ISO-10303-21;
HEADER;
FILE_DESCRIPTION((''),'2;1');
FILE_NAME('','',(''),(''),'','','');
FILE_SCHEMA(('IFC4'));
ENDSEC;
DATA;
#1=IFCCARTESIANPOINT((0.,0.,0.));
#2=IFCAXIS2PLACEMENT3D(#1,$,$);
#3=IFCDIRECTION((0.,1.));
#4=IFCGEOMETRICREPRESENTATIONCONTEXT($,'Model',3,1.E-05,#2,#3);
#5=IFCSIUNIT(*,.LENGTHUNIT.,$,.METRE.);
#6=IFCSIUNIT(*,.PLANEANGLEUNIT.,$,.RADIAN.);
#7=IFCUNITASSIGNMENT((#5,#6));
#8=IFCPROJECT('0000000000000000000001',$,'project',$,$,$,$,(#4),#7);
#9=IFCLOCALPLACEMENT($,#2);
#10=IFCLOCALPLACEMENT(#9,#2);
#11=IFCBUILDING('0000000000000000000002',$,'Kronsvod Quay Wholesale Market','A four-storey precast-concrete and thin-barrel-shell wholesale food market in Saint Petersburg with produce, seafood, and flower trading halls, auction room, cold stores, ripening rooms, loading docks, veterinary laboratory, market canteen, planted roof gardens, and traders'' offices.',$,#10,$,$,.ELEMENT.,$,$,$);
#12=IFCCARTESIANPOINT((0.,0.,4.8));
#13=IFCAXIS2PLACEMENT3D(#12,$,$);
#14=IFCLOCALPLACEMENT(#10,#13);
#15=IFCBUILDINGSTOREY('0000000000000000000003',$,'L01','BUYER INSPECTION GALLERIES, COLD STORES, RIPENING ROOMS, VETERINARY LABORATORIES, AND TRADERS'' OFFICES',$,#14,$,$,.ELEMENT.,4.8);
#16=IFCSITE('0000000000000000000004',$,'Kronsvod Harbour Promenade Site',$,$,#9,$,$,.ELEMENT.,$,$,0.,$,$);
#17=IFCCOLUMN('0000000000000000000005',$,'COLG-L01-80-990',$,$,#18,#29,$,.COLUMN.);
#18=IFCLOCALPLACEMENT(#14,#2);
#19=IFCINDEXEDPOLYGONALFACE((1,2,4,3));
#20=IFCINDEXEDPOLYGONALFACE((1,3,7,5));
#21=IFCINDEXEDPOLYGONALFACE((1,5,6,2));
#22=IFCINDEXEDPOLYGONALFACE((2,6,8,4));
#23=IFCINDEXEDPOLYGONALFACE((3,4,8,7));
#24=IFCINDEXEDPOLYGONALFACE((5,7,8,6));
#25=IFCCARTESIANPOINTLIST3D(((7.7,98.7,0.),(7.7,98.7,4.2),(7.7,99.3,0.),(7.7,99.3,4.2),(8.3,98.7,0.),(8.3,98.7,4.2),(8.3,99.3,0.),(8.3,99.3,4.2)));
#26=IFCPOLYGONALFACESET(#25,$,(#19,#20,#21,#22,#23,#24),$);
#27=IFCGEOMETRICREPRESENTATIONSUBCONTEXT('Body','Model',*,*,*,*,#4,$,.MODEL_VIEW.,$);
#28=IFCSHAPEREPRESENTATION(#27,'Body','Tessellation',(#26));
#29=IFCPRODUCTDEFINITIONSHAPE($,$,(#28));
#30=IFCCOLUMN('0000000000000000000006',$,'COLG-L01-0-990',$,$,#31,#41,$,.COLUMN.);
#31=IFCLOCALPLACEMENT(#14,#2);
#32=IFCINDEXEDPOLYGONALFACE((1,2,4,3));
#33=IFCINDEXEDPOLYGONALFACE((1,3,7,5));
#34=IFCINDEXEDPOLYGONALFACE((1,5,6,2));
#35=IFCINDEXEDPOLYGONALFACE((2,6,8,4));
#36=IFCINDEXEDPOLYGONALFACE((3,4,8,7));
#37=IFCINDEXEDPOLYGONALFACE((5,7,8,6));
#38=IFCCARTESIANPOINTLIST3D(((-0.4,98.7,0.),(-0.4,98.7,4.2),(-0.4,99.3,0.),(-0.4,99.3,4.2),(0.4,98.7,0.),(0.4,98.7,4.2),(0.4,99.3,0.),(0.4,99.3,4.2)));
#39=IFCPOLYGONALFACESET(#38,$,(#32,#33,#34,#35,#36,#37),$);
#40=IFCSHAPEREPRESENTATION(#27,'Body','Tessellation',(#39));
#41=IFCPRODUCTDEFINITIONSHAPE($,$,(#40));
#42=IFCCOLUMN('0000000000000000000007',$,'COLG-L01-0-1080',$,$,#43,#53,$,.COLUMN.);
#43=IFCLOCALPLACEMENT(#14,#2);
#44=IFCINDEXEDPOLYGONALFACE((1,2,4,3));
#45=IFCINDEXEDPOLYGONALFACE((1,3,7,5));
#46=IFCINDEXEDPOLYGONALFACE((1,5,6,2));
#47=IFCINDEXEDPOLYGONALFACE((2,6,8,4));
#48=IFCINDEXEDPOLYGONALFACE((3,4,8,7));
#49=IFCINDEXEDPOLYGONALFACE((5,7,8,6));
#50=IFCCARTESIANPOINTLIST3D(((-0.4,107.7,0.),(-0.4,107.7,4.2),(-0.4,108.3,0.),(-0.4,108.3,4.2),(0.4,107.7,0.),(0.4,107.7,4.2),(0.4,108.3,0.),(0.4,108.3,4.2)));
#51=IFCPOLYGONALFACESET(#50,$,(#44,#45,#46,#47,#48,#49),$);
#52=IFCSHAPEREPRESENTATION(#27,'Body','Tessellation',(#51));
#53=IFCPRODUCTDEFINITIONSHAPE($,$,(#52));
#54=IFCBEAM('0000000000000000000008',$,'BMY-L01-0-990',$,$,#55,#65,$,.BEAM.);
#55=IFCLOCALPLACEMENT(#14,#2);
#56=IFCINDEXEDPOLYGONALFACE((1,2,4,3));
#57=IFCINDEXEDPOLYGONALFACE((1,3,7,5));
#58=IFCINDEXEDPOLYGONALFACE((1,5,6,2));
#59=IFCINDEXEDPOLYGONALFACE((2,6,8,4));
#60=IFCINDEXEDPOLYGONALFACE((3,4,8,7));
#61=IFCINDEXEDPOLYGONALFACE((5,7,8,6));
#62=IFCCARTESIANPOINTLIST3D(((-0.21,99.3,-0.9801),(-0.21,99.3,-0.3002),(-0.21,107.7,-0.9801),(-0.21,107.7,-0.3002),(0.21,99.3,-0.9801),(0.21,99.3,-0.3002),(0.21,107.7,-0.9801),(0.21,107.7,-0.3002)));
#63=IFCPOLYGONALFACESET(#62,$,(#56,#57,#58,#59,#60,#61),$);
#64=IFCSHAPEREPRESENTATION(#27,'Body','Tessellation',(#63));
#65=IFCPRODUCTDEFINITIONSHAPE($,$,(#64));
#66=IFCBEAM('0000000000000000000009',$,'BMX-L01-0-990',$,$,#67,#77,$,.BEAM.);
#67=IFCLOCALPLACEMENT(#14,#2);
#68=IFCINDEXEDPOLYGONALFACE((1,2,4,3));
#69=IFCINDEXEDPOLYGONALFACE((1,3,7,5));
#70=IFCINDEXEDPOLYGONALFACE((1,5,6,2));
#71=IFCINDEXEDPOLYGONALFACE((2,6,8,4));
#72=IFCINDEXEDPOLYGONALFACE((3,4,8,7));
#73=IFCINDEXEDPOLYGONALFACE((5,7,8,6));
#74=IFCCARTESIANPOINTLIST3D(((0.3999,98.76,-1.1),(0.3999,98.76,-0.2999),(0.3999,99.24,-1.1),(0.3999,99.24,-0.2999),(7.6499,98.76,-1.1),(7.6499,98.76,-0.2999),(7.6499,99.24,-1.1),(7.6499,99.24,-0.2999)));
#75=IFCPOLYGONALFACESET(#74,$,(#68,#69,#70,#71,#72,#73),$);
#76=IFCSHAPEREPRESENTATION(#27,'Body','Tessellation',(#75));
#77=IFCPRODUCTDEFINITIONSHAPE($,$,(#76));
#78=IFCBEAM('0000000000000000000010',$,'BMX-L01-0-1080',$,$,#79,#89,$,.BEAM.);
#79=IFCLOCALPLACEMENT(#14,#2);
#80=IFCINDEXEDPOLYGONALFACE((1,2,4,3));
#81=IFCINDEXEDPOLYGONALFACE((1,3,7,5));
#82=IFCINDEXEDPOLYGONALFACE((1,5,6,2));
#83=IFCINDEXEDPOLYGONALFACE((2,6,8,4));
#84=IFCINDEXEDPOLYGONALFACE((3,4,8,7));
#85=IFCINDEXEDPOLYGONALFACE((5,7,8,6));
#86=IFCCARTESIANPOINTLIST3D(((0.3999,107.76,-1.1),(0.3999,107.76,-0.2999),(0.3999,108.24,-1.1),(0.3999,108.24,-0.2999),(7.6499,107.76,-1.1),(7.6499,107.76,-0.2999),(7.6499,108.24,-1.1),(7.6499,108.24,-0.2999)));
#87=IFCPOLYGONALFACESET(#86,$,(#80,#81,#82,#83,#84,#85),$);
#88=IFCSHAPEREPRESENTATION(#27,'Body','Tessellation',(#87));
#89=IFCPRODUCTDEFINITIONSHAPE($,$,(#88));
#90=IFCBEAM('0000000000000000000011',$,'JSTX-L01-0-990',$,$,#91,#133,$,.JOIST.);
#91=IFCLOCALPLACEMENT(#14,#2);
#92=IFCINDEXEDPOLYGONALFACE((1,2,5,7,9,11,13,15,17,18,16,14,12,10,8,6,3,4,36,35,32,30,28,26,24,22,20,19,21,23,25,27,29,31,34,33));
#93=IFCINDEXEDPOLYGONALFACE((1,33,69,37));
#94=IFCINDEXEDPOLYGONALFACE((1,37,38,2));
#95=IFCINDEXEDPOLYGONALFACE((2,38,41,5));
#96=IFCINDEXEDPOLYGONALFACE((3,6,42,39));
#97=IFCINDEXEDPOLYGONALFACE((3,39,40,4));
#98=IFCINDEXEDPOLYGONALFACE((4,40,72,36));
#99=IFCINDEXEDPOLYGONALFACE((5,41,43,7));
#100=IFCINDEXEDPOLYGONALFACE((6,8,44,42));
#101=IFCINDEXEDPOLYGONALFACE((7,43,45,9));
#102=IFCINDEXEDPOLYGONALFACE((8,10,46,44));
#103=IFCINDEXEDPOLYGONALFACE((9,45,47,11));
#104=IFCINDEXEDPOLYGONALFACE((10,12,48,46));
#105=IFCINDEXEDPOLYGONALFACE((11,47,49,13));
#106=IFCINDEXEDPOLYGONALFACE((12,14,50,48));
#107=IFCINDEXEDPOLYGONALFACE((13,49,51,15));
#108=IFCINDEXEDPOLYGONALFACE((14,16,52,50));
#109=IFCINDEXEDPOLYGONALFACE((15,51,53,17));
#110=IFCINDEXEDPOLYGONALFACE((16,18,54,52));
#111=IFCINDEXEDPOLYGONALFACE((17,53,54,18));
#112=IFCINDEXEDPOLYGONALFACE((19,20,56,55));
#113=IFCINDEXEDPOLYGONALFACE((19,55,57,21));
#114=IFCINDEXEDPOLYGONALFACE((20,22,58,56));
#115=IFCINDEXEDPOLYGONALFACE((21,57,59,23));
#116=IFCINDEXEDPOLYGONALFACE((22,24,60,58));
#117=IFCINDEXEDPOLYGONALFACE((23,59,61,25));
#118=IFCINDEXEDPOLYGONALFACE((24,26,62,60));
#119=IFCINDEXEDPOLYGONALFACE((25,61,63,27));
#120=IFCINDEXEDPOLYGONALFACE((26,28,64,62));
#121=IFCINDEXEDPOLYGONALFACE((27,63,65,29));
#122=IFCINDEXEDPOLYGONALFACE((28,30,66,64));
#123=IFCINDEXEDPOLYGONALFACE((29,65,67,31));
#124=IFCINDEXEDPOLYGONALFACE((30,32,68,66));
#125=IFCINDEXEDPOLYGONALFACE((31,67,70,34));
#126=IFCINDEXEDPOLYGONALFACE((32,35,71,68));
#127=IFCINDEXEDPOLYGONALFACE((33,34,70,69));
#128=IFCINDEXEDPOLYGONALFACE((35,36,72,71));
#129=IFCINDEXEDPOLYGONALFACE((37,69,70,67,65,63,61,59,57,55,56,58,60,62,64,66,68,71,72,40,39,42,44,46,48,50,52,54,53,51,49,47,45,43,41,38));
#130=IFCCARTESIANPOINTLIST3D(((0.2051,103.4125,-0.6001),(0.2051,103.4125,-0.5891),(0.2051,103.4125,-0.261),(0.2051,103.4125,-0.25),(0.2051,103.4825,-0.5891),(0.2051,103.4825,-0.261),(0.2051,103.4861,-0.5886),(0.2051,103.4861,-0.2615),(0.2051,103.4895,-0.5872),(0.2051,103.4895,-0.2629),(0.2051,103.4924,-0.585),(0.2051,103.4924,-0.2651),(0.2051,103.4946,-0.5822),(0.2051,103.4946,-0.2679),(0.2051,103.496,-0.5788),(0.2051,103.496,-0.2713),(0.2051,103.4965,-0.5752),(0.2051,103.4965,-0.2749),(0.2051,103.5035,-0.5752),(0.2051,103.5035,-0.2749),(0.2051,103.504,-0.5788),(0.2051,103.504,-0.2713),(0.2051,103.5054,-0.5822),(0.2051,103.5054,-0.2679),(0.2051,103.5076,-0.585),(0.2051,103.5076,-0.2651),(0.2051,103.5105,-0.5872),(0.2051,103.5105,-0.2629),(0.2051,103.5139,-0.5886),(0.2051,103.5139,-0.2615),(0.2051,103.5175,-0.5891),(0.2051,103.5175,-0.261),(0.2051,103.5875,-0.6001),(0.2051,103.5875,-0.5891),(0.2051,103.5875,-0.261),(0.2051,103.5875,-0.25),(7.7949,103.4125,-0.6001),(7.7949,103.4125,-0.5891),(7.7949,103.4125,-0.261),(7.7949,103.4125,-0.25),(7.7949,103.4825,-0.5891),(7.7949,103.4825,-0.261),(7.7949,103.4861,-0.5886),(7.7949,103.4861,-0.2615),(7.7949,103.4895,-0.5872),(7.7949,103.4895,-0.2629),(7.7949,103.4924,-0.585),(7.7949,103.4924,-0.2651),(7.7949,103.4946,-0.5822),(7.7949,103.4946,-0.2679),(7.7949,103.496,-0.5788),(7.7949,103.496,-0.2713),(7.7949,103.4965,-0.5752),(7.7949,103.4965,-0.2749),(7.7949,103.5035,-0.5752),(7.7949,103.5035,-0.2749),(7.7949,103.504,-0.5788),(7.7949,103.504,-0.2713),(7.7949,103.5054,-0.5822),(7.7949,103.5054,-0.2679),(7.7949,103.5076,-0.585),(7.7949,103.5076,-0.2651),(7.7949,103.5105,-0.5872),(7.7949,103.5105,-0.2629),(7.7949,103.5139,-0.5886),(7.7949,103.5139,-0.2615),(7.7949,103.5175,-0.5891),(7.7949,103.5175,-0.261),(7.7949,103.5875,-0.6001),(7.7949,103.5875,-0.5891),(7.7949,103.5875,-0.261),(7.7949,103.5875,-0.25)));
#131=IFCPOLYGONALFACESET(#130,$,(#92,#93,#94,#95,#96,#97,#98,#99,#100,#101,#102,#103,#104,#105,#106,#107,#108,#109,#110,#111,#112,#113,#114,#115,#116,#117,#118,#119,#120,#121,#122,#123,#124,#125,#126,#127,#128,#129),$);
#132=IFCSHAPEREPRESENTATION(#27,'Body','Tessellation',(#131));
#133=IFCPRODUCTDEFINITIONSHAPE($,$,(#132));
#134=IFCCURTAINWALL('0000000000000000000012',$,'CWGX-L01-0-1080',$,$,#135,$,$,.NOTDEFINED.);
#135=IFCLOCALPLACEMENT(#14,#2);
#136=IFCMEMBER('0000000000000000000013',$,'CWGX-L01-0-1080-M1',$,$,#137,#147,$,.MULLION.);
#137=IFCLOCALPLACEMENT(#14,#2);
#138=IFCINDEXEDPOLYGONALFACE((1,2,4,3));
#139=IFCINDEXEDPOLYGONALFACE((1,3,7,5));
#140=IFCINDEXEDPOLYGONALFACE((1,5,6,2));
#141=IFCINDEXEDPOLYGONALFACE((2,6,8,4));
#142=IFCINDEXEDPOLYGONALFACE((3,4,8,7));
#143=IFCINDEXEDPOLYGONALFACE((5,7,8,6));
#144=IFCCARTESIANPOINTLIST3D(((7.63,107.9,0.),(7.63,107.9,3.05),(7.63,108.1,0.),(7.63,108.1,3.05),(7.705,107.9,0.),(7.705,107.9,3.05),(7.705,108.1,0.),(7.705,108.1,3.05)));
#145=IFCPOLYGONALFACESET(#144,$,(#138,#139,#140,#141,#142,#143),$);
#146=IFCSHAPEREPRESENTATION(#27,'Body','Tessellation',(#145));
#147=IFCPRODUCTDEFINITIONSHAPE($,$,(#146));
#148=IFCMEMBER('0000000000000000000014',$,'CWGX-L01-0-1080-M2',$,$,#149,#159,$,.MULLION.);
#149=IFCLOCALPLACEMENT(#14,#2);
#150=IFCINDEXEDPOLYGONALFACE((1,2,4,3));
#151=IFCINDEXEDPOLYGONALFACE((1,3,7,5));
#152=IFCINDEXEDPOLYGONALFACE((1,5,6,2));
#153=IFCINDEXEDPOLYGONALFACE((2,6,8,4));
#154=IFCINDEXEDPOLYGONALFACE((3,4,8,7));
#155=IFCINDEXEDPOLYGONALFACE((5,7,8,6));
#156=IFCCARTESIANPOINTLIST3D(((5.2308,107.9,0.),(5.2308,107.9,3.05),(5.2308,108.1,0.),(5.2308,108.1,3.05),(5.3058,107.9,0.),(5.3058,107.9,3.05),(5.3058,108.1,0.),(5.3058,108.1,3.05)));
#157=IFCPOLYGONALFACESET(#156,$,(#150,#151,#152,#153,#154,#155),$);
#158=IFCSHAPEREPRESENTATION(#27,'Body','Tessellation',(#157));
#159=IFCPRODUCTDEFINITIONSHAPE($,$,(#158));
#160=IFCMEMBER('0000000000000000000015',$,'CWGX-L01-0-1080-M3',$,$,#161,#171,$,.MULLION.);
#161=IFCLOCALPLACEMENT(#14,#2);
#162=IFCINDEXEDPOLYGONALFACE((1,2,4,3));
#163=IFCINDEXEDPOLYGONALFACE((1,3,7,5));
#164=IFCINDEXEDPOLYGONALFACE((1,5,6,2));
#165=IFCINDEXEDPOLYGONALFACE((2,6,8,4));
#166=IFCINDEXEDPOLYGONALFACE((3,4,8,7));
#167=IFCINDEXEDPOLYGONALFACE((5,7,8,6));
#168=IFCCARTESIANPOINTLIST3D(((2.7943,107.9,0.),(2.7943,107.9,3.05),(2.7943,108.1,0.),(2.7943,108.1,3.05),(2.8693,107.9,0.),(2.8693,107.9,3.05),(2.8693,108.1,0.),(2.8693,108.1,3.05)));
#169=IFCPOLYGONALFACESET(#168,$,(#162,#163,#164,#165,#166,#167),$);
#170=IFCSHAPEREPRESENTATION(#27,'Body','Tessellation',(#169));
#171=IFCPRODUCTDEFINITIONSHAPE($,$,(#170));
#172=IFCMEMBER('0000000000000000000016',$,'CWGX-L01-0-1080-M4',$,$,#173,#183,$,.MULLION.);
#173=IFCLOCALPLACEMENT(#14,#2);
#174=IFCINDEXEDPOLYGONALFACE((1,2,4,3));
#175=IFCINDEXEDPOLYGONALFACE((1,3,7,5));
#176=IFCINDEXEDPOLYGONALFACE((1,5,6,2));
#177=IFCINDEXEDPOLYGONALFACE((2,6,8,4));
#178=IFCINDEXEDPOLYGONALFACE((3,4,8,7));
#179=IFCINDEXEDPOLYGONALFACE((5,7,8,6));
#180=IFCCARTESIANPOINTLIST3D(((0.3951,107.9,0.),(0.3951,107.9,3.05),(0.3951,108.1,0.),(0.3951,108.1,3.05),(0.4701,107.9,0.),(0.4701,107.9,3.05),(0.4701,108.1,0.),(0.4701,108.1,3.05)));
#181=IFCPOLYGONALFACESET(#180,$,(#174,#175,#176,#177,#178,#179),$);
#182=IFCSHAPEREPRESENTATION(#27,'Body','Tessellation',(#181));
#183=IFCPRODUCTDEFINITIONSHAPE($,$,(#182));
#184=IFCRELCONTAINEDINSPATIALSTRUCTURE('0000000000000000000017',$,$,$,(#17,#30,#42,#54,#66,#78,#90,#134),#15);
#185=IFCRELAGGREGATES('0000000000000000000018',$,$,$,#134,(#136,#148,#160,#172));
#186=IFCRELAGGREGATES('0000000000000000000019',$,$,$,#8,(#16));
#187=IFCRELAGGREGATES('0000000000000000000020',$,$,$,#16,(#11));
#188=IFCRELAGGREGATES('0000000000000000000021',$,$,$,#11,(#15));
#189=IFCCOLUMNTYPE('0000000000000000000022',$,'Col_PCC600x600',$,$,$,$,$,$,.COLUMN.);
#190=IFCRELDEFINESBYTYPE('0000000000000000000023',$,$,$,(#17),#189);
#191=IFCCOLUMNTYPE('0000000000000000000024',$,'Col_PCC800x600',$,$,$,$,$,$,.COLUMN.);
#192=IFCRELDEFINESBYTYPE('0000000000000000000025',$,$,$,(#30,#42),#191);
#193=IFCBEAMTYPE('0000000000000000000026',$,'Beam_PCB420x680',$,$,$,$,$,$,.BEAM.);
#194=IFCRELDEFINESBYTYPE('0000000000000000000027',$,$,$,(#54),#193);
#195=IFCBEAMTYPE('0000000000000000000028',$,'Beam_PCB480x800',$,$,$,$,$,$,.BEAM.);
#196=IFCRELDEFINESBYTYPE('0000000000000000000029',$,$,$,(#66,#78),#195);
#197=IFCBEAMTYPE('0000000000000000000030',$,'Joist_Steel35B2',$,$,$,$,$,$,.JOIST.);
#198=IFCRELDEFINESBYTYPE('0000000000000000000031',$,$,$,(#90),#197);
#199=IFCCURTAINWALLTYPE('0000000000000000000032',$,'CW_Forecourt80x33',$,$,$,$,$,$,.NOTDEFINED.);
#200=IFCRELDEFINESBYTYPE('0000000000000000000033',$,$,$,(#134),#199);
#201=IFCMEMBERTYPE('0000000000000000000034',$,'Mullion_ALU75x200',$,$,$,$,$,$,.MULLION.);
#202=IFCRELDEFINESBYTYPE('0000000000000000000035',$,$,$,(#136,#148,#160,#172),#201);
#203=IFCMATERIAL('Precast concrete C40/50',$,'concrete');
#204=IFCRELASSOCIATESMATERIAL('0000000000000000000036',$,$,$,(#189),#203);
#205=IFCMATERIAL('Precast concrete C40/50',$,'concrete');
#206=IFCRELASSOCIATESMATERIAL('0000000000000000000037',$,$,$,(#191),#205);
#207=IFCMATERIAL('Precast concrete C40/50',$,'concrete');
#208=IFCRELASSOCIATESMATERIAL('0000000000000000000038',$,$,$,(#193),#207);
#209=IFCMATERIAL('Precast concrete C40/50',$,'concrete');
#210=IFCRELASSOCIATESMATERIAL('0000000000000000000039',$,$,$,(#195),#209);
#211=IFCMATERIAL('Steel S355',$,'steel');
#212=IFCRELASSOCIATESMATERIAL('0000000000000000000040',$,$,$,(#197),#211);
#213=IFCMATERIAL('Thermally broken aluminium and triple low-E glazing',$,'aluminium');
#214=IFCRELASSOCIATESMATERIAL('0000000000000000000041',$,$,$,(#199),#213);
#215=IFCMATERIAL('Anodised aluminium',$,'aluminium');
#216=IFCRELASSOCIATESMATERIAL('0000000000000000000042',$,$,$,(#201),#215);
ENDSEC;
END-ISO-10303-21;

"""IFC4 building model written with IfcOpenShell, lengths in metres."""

from ifc_helpers import new_model, si_unit, direction, frame, origin, origin_2d, place, context, subcontext, project, spatial, rectangle, i_section, extrude, material, material_profile, profile_set, type_object, element, aggregate, save


model = new_model("IFC4")

# Units and contexts
model_context = context("Model", 3, precision=1e-05, world=origin(), true_north=direction((0.0, 1.0)))
body_context = subcontext(model_context, "Body", "Model", "MODEL_VIEW")
ifc_project = project(units=[si_unit("LENGTHUNIT", "METRE"), si_unit("PLANEANGLEUNIT", "RADIAN")], contexts=[model_context])

# Site, building, storey
site_placement = place(None, origin())
site = spatial("IfcSite", under=ifc_project, at=site_placement, Name="Kronsvod Harbour Promenade Site", CompositionType="ELEMENT", RefElevation=0.0)
building_placement = place(site_placement, origin())
building = spatial("IfcBuilding", under=site, at=building_placement, Name="Kronsvod Quay Wholesale Market", Description="A four-storey precast-concrete and thin-barrel-shell wholesale food market in Saint Petersburg with produce, seafood, and flower trading halls, auction room, cold stores, ripening rooms, loading docks, veterinary laboratory, market canteen, planted roof gardens, and traders' offices.", CompositionType="ELEMENT")
storey_placement = place(building_placement, frame((0.0, 0.0, 4.8)))
storey = spatial("IfcBuildingStorey", under=building, at=storey_placement, Name="L01", Description="BUYER INSPECTION GALLERIES, COLD STORES, RIPENING ROOMS, VETERINARY LABORATORIES, AND TRADERS' OFFICES", CompositionType="ELEMENT", Elevation=4.8)

# Columns
ifc_material_1 = material(Name="Precast concrete C40/50", Category="concrete")
ifc_material_profile_1 = material_profile(ifc_material_1, rectangle(XDim=0.6001, YDim=0.6001, at=origin_2d()), Name="PCC600x600")
ifc_profile_set_1 = profile_set([ifc_material_profile_1], Name="Precast concrete C40/50")
column_type_1 = type_object("IfcColumnType", Name="Col_PCC600x600", PredefinedType="COLUMN", material=ifc_profile_set_1)
column_placement = place(storey_placement, frame((8.0, 99.0, 0.0), z_axis=(0.0, 0.0, 1.0), x_axis=(1.0, 0.0, 0.0)))
element("IfcColumn", 1, at=column_placement, inside=storey, type_object=column_type_1, Name="COLG-L01-80-990", PredefinedType="COLUMN", context=body_context, shape_type="SweptSolid", body=[
    extrude(rectangle(XDim=0.6001, YDim=0.6001, at=origin_2d()), origin(), (0.0, 0.0, 1.0), 4.2),
])
ifc_material_2 = material(Name="Precast concrete C40/50", Category="concrete")
ifc_material_profile_2 = material_profile(ifc_material_2, rectangle(XDim=0.8, YDim=0.6001, at=origin_2d()), Name="PCC800x600")
ifc_profile_set_2 = profile_set([ifc_material_profile_2], Name="Precast concrete C40/50")
column_type_2 = type_object("IfcColumnType", Name="Col_PCC800x600", PredefinedType="COLUMN", material=ifc_profile_set_2)
for number, where, z_axis, x_axis, name in (
    (2, (0.0, 99.0, 0.0), (0.0, 0.0, 1.0), (1.0, 0.0, 0.0), "COLG-L01-0-990"),
    (3, (0.0, 108.0, 0.0), (0.0, 0.0, 1.0), (1.0, 0.0, 0.0), "COLG-L01-0-1080"),
):
    element("IfcColumn", number, at=place(storey_placement, frame(where, z_axis=z_axis, x_axis=x_axis)), inside=storey, type_object=column_type_2, Name=name, PredefinedType="COLUMN", context=body_context, shape_type="SweptSolid", body=[
        extrude(rectangle(XDim=0.8, YDim=0.6001, at=origin_2d()), origin(), (0.0, 0.0, 1.0), 4.2),
    ])

# Beams
ifc_material_3 = material(Name="Precast concrete C40/50", Category="concrete")
ifc_material_profile_3 = material_profile(ifc_material_3, rectangle(XDim=0.4199, YDim=0.6799, at=origin_2d()), Name="PB-05")
ifc_profile_set_3 = profile_set([ifc_material_profile_3], Name="Precast concrete C40/50")
beam_type_1 = type_object("IfcBeamType", Name="Beam_PCB420x680", PredefinedType="BEAM", material=ifc_profile_set_3)
beam_1_placement = place(storey_placement, frame((0.0, 99.3, -0.6401), z_axis=(0.0, 1.0, 0.0), x_axis=(-1.0, 0.0, 0.0)))
element("IfcBeam", 4, at=beam_1_placement, inside=storey, type_object=beam_type_1, Name="BMY-L01-0-990", PredefinedType="BEAM", context=body_context, shape_type="SweptSolid", body=[
    extrude(rectangle(XDim=0.4199, YDim=0.6799, at=origin_2d()), origin(), (0.0, 0.0, 1.0), 8.3999),
])
ifc_material_4 = material(Name="Precast concrete C40/50", Category="concrete")
ifc_material_profile_4 = material_profile(ifc_material_4, rectangle(XDim=0.48, YDim=0.8, at=origin_2d()), Name="PB-04")
ifc_profile_set_4 = profile_set([ifc_material_profile_4], Name="Precast concrete C40/50")
beam_type_2 = type_object("IfcBeamType", Name="Beam_PCB480x800", PredefinedType="BEAM", material=ifc_profile_set_4)
for number, where, z_axis, x_axis, name in (
    (5, (0.3999, 99.0, -0.7), (1.0, 0.0, 0.0), (0.0, 1.0, 0.0), "BMX-L01-0-990"),
    (6, (0.3999, 108.0, -0.7), (1.0, 0.0, 0.0), (0.0, 1.0, 0.0), "BMX-L01-0-1080"),
):
    element("IfcBeam", number, at=place(storey_placement, frame(where, z_axis=z_axis, x_axis=x_axis)), inside=storey, type_object=beam_type_2, Name=name, PredefinedType="BEAM", context=body_context, shape_type="SweptSolid", body=[
        extrude(rectangle(XDim=0.48, YDim=0.8, at=origin_2d()), origin(), (0.0, 0.0, 1.0), 7.25),
    ])
ifc_material_5 = material(Name="Steel S355", Category="steel")
ifc_material_profile_5 = material_profile(ifc_material_5, i_section(OverallWidth=0.175, OverallDepth=0.3501, WebThickness=0.0071, FlangeThickness=0.011, FilletRadius=0.0139, at=origin_2d()), Name="35B2")
ifc_profile_set_5 = profile_set([ifc_material_profile_5], Name="Steel S355")
beam_type_3 = type_object("IfcBeamType", Name="Joist_Steel35B2", PredefinedType="JOIST", material=ifc_profile_set_5)
beam_2_placement = place(storey_placement, frame((0.2051, 103.5, -0.425), z_axis=(1.0, 0.0, 0.0), x_axis=(0.0, 1.0, 0.0)))
element("IfcBeam", 7, at=beam_2_placement, inside=storey, type_object=beam_type_3, Name="JSTX-L01-0-990", PredefinedType="JOIST", context=body_context, shape_type="SweptSolid", body=[
    extrude(i_section(OverallWidth=0.175, OverallDepth=0.3501, WebThickness=0.0071, FlangeThickness=0.011, FilletRadius=0.0139, at=origin_2d()), origin(), (0.0, 0.0, 1.0), 7.5898),
])

# Curtain wall, members
ifc_material_6 = material(Name="Thermally broken aluminium and triple low-E glazing", Category="aluminium")
curtain_wall_type_1 = type_object("IfcCurtainWallType", Name="CW_Forecourt80x33", PredefinedType="NOTDEFINED", material=ifc_material_6)
curtain_wall_1_placement = place(storey_placement, origin())
curtain_wall_1 = element("IfcCurtainWall", 8, at=curtain_wall_1_placement, inside=storey, type_object=curtain_wall_type_1, Name="CWGX-L01-0-1080", PredefinedType="NOTDEFINED")
ifc_material_7 = material(Name="Anodised aluminium", Category="aluminium")
ifc_material_profile_6 = material_profile(ifc_material_7, rectangle(XDim=0.075, YDim=0.2, at=origin_2d()), Name="ALUM75x200")
ifc_profile_set_6 = profile_set([ifc_material_profile_6], Name="Anodised aluminium")
member_type_1 = type_object("IfcMemberType", Name="Mullion_ALU75x200", PredefinedType="MULLION", material=ifc_profile_set_6)
member_1_placement = place(storey_placement, frame((7.6675, 108.0, 0.0), z_axis=(0.0, 0.0, 1.0), x_axis=(1.0, 0.0, 0.0)))
member_1 = element("IfcMember", 9, at=member_1_placement, type_object=member_type_1, Name="CWGX-L01-0-1080-M1", PredefinedType="MULLION", context=body_context, shape_type="SweptSolid", body=[
    extrude(rectangle(XDim=0.075, YDim=0.2, at=origin_2d()), origin(), (0.0, 0.0, 1.0), 3.05),
])
member_2_placement = place(storey_placement, frame((5.2683, 108.0, 0.0), z_axis=(0.0, 0.0, 1.0), x_axis=(1.0, 0.0, 0.0)))
member_2 = element("IfcMember", 10, at=member_2_placement, type_object=member_type_1, Name="CWGX-L01-0-1080-M2", PredefinedType="MULLION", context=body_context, shape_type="SweptSolid", body=[
    extrude(rectangle(XDim=0.075, YDim=0.2, at=origin_2d()), origin(), (0.0, 0.0, 1.0), 3.05),
])
member_3_placement = place(storey_placement, frame((2.8318, 108.0, 0.0), z_axis=(0.0, 0.0, 1.0), x_axis=(1.0, 0.0, 0.0)))
member_3 = element("IfcMember", 11, at=member_3_placement, type_object=member_type_1, Name="CWGX-L01-0-1080-M3", PredefinedType="MULLION", context=body_context, shape_type="SweptSolid", body=[
    extrude(rectangle(XDim=0.075, YDim=0.2, at=origin_2d()), origin(), (0.0, 0.0, 1.0), 3.05),
])
member_4_placement = place(storey_placement, frame((0.4326, 108.0, 0.0), z_axis=(0.0, 0.0, 1.0), x_axis=(1.0, 0.0, 0.0)))
member_4 = element("IfcMember", 12, at=member_4_placement, type_object=member_type_1, Name="CWGX-L01-0-1080-M4", PredefinedType="MULLION", context=body_context, shape_type="SweptSolid", body=[
    extrude(rectangle(XDim=0.075, YDim=0.2, at=origin_2d()), origin(), (0.0, 0.0, 1.0), 3.05),
])

aggregate(curtain_wall_1, [member_1, member_2, member_3, member_4])

save(model, "model.ifc")
